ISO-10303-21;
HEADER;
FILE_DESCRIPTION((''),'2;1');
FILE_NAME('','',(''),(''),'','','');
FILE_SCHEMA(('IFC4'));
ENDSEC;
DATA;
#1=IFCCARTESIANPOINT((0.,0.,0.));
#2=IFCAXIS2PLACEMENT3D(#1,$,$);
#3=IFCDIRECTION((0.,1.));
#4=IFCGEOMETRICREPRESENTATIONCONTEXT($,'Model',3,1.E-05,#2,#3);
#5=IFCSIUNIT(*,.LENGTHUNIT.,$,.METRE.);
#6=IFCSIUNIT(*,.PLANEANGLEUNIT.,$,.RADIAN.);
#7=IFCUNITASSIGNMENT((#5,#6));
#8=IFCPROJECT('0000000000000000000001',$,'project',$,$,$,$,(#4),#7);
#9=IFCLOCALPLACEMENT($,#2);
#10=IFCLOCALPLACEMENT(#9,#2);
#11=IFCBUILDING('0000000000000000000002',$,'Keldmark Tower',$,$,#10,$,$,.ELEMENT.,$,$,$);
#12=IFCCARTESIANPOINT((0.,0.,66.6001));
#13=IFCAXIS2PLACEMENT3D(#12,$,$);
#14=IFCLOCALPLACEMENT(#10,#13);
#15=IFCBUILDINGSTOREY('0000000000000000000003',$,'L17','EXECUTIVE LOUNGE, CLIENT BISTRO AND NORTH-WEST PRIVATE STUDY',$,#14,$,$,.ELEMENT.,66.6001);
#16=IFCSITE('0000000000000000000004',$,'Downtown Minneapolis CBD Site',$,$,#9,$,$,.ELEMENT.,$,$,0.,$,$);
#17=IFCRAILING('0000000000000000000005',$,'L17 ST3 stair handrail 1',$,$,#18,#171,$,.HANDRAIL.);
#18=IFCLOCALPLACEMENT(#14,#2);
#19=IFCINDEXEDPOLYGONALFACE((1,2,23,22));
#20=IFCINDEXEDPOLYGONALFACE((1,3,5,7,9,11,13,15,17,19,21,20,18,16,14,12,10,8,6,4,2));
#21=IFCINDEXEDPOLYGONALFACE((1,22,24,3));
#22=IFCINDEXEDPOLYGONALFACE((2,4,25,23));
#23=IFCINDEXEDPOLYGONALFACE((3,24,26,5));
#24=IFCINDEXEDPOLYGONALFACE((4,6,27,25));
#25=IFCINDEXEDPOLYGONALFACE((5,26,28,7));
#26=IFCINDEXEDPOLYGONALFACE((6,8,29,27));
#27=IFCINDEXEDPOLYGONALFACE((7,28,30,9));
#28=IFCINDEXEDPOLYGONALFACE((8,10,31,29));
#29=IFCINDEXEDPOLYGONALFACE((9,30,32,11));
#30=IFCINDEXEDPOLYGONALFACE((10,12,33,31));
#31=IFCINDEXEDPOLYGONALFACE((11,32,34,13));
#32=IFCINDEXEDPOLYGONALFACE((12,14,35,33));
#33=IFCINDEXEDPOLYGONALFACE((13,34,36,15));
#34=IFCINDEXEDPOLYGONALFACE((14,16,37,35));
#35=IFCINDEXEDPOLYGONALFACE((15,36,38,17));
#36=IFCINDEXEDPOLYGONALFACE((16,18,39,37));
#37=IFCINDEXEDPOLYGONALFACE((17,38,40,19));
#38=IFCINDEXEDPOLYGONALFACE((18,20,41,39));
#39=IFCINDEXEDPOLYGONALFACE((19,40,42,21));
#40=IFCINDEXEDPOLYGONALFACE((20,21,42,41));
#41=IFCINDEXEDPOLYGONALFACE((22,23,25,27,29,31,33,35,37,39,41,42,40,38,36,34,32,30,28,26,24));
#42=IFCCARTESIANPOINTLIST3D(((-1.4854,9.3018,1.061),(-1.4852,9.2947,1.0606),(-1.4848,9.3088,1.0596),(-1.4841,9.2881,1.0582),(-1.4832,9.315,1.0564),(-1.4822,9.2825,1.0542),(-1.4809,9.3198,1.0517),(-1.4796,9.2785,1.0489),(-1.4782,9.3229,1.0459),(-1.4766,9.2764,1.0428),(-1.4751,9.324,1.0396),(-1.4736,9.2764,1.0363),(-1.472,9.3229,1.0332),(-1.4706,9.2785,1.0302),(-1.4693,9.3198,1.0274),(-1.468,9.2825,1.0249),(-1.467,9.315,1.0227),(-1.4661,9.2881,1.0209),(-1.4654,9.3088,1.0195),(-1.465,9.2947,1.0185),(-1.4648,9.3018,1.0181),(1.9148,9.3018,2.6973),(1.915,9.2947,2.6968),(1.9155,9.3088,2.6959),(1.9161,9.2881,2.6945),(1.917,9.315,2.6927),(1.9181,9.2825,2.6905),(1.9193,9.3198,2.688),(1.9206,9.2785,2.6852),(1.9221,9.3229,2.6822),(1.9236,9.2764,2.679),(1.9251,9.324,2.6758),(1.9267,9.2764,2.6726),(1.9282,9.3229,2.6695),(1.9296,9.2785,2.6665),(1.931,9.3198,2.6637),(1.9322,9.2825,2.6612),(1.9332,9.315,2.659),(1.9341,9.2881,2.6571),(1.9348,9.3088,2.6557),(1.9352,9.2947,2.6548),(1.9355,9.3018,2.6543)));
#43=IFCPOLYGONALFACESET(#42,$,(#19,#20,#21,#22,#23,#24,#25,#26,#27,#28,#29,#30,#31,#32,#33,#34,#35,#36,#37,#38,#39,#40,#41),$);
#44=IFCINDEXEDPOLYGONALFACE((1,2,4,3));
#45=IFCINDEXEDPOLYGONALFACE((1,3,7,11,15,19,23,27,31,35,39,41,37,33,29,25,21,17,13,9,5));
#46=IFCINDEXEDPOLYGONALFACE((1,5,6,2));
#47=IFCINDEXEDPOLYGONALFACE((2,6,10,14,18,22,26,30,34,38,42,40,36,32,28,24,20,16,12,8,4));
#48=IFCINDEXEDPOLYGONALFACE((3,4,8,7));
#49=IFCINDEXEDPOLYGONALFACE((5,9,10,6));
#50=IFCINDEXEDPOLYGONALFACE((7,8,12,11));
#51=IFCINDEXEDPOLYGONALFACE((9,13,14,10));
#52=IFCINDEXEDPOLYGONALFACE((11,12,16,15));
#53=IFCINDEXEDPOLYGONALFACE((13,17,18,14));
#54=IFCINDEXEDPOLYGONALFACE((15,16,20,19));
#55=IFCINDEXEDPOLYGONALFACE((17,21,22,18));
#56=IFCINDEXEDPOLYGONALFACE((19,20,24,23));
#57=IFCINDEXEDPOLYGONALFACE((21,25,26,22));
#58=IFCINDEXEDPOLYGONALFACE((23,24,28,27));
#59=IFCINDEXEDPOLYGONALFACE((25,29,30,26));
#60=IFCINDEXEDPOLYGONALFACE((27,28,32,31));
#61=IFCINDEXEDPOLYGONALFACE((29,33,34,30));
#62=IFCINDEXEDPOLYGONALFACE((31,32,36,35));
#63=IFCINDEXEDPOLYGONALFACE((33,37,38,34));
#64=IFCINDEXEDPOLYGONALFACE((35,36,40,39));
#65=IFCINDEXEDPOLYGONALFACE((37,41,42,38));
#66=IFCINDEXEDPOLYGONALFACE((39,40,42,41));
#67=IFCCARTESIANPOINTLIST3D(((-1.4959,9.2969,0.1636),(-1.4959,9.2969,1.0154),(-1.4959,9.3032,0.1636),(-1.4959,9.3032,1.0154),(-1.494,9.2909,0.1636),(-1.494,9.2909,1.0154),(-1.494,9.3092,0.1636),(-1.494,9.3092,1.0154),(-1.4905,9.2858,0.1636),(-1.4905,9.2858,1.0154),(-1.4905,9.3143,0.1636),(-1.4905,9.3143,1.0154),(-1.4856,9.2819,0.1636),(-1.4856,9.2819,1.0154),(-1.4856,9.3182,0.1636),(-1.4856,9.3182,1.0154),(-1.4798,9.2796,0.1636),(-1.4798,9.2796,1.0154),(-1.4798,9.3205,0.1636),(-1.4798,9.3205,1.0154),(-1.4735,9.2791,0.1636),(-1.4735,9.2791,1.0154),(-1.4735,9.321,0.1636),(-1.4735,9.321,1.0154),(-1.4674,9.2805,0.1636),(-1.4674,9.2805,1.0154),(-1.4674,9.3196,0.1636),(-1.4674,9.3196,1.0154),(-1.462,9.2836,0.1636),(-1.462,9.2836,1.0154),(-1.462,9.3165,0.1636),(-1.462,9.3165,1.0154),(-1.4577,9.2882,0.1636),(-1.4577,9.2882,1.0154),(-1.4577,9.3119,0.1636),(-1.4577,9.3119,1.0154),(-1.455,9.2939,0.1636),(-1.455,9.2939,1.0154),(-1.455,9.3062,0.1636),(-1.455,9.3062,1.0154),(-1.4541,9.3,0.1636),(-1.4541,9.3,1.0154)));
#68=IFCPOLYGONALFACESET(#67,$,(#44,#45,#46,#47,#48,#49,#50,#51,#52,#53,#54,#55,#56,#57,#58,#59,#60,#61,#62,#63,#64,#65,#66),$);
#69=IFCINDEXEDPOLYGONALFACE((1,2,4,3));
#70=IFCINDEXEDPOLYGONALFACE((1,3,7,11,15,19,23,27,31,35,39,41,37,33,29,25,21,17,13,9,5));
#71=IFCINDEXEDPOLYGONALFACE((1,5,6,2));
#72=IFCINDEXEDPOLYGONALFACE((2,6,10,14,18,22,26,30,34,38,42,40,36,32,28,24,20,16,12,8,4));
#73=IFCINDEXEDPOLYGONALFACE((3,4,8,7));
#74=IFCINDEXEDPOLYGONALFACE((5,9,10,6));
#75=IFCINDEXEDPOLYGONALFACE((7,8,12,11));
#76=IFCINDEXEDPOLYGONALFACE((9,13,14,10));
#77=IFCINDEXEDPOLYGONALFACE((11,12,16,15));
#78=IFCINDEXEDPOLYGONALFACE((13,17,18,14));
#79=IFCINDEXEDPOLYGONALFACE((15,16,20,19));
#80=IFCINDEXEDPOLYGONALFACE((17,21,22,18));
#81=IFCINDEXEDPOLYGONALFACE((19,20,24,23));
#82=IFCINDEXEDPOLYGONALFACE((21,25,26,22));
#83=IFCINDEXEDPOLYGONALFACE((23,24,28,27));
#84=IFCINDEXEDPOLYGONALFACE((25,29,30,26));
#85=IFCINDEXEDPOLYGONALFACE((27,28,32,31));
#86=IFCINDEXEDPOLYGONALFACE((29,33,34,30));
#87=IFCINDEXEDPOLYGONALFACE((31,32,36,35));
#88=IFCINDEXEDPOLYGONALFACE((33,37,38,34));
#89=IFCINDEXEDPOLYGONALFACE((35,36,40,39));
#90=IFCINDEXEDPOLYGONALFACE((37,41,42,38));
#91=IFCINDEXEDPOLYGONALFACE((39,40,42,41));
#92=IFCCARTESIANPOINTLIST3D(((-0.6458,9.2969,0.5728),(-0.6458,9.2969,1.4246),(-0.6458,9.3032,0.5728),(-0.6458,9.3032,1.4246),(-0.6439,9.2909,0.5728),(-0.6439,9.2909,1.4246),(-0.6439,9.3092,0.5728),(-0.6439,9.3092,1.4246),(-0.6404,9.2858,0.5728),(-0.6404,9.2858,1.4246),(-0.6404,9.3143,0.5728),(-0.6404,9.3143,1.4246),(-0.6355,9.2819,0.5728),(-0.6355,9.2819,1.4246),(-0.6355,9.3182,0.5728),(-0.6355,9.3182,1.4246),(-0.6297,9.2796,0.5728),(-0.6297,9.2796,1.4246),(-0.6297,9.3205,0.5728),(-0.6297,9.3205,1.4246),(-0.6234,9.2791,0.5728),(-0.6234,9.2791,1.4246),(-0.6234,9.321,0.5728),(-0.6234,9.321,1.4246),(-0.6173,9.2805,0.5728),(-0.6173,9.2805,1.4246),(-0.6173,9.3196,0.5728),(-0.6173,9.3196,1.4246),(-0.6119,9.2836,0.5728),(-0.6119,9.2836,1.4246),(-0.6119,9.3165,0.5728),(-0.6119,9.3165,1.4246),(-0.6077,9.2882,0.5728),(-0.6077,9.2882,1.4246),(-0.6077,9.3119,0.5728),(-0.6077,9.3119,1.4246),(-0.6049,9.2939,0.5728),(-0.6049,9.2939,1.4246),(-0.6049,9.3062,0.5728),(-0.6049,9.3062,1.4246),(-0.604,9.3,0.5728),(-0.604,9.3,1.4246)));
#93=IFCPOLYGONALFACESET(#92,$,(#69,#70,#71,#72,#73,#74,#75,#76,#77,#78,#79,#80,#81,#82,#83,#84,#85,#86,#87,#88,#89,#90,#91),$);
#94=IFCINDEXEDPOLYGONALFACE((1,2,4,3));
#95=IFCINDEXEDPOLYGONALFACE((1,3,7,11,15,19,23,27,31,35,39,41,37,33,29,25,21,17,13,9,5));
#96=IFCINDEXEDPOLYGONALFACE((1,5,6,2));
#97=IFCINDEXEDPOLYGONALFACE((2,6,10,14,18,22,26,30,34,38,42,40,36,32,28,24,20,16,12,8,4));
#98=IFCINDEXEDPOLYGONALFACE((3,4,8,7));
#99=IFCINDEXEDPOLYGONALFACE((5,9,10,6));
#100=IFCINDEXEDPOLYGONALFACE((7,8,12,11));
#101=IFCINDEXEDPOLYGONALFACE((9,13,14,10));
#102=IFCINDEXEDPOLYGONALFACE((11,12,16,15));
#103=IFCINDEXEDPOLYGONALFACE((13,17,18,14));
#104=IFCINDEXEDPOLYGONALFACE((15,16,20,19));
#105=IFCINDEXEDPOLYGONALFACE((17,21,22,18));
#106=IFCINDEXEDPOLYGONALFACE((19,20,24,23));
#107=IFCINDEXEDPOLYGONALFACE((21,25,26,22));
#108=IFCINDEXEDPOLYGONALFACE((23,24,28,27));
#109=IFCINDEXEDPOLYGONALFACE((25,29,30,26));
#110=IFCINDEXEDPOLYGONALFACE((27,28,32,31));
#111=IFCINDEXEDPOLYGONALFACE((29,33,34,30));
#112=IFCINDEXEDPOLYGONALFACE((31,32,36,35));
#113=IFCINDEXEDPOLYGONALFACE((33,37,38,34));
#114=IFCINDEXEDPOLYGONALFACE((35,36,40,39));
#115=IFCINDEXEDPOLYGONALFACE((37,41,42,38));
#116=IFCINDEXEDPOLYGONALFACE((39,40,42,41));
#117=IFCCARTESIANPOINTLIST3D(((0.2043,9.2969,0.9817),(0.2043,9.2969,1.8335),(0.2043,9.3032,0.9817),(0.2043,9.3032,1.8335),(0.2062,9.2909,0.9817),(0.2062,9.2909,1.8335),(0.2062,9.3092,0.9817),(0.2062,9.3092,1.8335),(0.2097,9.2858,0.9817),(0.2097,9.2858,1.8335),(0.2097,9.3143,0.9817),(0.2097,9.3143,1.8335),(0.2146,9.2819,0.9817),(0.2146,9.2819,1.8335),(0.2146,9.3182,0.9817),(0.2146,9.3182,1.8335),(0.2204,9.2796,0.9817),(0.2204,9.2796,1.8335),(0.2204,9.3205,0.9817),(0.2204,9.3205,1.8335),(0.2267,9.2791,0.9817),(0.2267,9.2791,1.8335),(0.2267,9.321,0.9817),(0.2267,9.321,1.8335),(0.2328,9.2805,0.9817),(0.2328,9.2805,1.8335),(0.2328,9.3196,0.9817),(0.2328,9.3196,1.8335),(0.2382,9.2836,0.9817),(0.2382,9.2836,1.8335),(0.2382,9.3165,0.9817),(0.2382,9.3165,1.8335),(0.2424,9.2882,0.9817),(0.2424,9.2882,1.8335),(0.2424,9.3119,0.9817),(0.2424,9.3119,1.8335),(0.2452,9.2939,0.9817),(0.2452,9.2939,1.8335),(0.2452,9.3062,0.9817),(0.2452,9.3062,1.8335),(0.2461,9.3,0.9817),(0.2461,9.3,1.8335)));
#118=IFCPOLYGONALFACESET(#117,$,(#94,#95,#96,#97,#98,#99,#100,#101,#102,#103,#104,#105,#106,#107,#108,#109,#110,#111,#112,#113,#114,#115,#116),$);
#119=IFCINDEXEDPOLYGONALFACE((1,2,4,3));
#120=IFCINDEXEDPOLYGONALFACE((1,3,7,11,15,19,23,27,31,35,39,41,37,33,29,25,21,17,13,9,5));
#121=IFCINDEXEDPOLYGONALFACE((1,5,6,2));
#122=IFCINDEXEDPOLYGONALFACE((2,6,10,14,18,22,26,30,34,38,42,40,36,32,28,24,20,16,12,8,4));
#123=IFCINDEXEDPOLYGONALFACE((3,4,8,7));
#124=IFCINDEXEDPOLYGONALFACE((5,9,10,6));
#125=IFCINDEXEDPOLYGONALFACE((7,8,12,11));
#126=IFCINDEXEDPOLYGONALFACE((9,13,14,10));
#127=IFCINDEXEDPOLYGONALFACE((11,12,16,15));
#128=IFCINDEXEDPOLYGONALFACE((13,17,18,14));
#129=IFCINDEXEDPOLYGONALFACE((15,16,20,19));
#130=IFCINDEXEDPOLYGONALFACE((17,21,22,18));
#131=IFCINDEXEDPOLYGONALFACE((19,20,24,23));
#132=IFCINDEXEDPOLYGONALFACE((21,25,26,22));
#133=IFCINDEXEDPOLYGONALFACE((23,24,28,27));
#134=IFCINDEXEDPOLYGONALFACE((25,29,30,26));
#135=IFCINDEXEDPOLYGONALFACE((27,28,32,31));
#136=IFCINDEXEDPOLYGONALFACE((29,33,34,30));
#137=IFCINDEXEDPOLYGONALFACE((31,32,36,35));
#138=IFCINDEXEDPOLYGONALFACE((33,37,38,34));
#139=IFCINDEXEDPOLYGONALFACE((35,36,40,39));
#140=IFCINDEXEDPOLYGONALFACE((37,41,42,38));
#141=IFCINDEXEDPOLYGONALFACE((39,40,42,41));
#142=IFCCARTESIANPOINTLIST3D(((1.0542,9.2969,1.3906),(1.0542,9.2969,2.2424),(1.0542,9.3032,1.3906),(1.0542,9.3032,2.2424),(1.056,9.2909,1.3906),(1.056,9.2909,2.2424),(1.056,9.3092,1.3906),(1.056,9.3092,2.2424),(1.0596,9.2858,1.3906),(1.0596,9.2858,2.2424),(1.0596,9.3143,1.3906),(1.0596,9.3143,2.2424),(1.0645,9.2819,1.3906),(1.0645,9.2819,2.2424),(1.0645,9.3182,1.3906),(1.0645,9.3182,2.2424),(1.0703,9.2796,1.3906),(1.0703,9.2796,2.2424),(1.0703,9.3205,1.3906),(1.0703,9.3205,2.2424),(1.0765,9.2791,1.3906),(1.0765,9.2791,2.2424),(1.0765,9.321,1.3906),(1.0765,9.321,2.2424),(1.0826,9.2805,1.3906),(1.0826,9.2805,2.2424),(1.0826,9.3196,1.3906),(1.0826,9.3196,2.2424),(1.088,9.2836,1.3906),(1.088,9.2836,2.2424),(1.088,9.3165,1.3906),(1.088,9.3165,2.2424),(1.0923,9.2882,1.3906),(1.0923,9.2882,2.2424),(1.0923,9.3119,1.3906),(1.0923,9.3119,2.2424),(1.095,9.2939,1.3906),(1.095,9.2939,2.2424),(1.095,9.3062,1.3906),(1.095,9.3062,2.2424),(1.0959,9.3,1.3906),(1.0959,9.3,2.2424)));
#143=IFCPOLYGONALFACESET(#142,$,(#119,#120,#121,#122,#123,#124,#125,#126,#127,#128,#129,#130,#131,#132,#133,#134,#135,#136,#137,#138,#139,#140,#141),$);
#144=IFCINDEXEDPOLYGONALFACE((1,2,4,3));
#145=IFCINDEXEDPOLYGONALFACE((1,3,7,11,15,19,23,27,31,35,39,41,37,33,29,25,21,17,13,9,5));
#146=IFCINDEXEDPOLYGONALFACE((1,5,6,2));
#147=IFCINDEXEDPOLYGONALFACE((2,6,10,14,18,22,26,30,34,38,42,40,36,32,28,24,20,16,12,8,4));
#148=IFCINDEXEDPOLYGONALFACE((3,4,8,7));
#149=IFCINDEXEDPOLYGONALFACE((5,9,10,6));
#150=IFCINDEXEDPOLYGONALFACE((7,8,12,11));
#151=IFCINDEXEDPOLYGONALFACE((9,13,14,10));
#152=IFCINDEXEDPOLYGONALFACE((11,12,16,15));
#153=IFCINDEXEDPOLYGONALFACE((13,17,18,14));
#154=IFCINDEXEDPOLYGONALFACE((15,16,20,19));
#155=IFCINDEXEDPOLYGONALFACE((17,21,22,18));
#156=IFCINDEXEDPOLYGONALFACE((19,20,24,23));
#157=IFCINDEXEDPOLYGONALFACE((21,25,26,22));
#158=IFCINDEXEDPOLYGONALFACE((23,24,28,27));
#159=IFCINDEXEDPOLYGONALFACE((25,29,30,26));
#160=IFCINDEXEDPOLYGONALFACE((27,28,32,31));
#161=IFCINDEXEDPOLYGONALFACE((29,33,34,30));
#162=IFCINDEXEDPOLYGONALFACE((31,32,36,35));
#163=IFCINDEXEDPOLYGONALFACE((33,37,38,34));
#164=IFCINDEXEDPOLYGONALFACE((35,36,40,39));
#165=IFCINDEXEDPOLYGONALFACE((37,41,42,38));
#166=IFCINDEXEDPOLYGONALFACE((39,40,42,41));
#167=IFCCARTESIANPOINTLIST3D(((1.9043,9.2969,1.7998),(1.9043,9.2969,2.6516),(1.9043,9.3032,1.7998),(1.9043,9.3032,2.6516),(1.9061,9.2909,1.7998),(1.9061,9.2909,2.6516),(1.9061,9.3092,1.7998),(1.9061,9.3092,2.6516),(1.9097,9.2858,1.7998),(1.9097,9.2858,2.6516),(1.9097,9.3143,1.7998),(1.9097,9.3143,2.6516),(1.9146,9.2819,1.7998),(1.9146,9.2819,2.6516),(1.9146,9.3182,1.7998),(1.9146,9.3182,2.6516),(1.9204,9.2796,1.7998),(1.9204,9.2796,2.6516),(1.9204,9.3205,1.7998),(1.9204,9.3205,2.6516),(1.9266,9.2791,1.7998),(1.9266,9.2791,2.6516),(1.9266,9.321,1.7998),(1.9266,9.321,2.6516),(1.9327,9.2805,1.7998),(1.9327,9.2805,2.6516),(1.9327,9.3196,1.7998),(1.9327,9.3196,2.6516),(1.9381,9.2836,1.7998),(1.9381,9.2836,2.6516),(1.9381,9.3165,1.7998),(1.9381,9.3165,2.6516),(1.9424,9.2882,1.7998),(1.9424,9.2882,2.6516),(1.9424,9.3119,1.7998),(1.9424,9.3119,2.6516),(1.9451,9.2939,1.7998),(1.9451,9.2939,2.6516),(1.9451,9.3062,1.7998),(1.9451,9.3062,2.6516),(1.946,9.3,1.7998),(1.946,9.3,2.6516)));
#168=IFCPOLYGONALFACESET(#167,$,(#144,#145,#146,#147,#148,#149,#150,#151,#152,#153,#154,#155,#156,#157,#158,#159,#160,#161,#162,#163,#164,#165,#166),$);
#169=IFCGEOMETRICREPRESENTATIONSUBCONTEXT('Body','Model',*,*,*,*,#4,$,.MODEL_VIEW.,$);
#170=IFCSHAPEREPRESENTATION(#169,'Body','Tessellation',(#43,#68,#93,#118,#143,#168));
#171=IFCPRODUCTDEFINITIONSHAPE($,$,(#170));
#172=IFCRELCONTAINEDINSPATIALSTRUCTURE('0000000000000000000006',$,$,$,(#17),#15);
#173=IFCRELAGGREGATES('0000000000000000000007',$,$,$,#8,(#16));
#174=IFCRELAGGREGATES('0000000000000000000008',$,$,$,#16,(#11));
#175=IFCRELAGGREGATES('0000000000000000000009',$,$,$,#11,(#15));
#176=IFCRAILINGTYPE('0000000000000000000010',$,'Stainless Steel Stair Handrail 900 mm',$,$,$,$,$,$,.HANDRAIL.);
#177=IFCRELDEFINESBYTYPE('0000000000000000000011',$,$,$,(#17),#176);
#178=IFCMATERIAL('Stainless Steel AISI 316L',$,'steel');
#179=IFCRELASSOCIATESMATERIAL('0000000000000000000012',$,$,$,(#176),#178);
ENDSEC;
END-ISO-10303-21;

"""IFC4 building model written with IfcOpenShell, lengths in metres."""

from ifc_helpers import new_model, si_unit, direction, frame, origin, origin_2d, place, context, subcontext, project, spatial, circle, extrude, material, type_object, element, save


model = new_model("IFC4")

# Units and contexts
model_context = context("Model", 3, precision=1e-05, world=origin(), true_north=direction((0.0, 1.0)))
body_context = subcontext(model_context, "Body", "Model", "MODEL_VIEW")
ifc_project = project(units=[si_unit("LENGTHUNIT", "METRE"), si_unit("PLANEANGLEUNIT", "RADIAN")], contexts=[model_context])

# Site, building, storey
site_placement = place(None, origin())
site = spatial("IfcSite", under=ifc_project, at=site_placement, Name="Downtown Minneapolis CBD Site", CompositionType="ELEMENT", RefElevation=0.0)
building_placement = place(site_placement, origin())
building = spatial("IfcBuilding", under=site, at=building_placement, Name="Keldmark Tower", CompositionType="ELEMENT")
storey_placement = place(building_placement, frame((0.0, 0.0, 66.6001)))
storey = spatial("IfcBuildingStorey", under=building, at=storey_placement, Name="L17", Description="EXECUTIVE LOUNGE, CLIENT BISTRO AND NORTH-WEST PRIVATE STUDY", CompositionType="ELEMENT", Elevation=66.6001)

# Railing
ifc_material_1 = material(Name="Stainless Steel AISI 316L", Category="steel")
railing_type_1 = type_object("IfcRailingType", Name="Stainless Steel Stair Handrail 900 mm", PredefinedType="HANDRAIL", material=ifc_material_1)
railing_1_placement = place(storey_placement, frame((-1.4751, 9.3, 0.1636)))
element("IfcRailing", 1, at=railing_1_placement, inside=storey, type_object=railing_type_1, Name="L17 ST3 stair handrail 1", PredefinedType="HANDRAIL", context=body_context, shape_type="SweptSolid", body=[
    extrude(circle(Radius=0.0239, at=origin_2d()), frame((0.0, 0.0, 0.876), z_axis=(0.901093, 0.0, 0.433627), x_axis=(0.0, 1.0, 0.0)), (0.0, 0.0, 1.0), 3.7734),
    extrude(circle(Radius=0.021, at=origin_2d()), origin(), (0.0, 0.0, 1.0), 0.8518),
    extrude(circle(Radius=0.021, at=origin_2d()), frame((0.8501, 0.0, 0.4092)), (0.0, 0.0, 1.0), 0.8518),
    extrude(circle(Radius=0.021, at=origin_2d()), frame((1.7002, 0.0, 0.8181)), (0.0, 0.0, 1.0), 0.8518),
    extrude(circle(Radius=0.021, at=origin_2d()), frame((2.55, 0.0, 1.2271)), (0.0, 0.0, 1.0), 0.8518),
    extrude(circle(Radius=0.021, at=origin_2d()), frame((3.4001, 0.0, 1.6362)), (0.0, 0.0, 1.0), 0.8518),
])

save(model, "model.ifc")
